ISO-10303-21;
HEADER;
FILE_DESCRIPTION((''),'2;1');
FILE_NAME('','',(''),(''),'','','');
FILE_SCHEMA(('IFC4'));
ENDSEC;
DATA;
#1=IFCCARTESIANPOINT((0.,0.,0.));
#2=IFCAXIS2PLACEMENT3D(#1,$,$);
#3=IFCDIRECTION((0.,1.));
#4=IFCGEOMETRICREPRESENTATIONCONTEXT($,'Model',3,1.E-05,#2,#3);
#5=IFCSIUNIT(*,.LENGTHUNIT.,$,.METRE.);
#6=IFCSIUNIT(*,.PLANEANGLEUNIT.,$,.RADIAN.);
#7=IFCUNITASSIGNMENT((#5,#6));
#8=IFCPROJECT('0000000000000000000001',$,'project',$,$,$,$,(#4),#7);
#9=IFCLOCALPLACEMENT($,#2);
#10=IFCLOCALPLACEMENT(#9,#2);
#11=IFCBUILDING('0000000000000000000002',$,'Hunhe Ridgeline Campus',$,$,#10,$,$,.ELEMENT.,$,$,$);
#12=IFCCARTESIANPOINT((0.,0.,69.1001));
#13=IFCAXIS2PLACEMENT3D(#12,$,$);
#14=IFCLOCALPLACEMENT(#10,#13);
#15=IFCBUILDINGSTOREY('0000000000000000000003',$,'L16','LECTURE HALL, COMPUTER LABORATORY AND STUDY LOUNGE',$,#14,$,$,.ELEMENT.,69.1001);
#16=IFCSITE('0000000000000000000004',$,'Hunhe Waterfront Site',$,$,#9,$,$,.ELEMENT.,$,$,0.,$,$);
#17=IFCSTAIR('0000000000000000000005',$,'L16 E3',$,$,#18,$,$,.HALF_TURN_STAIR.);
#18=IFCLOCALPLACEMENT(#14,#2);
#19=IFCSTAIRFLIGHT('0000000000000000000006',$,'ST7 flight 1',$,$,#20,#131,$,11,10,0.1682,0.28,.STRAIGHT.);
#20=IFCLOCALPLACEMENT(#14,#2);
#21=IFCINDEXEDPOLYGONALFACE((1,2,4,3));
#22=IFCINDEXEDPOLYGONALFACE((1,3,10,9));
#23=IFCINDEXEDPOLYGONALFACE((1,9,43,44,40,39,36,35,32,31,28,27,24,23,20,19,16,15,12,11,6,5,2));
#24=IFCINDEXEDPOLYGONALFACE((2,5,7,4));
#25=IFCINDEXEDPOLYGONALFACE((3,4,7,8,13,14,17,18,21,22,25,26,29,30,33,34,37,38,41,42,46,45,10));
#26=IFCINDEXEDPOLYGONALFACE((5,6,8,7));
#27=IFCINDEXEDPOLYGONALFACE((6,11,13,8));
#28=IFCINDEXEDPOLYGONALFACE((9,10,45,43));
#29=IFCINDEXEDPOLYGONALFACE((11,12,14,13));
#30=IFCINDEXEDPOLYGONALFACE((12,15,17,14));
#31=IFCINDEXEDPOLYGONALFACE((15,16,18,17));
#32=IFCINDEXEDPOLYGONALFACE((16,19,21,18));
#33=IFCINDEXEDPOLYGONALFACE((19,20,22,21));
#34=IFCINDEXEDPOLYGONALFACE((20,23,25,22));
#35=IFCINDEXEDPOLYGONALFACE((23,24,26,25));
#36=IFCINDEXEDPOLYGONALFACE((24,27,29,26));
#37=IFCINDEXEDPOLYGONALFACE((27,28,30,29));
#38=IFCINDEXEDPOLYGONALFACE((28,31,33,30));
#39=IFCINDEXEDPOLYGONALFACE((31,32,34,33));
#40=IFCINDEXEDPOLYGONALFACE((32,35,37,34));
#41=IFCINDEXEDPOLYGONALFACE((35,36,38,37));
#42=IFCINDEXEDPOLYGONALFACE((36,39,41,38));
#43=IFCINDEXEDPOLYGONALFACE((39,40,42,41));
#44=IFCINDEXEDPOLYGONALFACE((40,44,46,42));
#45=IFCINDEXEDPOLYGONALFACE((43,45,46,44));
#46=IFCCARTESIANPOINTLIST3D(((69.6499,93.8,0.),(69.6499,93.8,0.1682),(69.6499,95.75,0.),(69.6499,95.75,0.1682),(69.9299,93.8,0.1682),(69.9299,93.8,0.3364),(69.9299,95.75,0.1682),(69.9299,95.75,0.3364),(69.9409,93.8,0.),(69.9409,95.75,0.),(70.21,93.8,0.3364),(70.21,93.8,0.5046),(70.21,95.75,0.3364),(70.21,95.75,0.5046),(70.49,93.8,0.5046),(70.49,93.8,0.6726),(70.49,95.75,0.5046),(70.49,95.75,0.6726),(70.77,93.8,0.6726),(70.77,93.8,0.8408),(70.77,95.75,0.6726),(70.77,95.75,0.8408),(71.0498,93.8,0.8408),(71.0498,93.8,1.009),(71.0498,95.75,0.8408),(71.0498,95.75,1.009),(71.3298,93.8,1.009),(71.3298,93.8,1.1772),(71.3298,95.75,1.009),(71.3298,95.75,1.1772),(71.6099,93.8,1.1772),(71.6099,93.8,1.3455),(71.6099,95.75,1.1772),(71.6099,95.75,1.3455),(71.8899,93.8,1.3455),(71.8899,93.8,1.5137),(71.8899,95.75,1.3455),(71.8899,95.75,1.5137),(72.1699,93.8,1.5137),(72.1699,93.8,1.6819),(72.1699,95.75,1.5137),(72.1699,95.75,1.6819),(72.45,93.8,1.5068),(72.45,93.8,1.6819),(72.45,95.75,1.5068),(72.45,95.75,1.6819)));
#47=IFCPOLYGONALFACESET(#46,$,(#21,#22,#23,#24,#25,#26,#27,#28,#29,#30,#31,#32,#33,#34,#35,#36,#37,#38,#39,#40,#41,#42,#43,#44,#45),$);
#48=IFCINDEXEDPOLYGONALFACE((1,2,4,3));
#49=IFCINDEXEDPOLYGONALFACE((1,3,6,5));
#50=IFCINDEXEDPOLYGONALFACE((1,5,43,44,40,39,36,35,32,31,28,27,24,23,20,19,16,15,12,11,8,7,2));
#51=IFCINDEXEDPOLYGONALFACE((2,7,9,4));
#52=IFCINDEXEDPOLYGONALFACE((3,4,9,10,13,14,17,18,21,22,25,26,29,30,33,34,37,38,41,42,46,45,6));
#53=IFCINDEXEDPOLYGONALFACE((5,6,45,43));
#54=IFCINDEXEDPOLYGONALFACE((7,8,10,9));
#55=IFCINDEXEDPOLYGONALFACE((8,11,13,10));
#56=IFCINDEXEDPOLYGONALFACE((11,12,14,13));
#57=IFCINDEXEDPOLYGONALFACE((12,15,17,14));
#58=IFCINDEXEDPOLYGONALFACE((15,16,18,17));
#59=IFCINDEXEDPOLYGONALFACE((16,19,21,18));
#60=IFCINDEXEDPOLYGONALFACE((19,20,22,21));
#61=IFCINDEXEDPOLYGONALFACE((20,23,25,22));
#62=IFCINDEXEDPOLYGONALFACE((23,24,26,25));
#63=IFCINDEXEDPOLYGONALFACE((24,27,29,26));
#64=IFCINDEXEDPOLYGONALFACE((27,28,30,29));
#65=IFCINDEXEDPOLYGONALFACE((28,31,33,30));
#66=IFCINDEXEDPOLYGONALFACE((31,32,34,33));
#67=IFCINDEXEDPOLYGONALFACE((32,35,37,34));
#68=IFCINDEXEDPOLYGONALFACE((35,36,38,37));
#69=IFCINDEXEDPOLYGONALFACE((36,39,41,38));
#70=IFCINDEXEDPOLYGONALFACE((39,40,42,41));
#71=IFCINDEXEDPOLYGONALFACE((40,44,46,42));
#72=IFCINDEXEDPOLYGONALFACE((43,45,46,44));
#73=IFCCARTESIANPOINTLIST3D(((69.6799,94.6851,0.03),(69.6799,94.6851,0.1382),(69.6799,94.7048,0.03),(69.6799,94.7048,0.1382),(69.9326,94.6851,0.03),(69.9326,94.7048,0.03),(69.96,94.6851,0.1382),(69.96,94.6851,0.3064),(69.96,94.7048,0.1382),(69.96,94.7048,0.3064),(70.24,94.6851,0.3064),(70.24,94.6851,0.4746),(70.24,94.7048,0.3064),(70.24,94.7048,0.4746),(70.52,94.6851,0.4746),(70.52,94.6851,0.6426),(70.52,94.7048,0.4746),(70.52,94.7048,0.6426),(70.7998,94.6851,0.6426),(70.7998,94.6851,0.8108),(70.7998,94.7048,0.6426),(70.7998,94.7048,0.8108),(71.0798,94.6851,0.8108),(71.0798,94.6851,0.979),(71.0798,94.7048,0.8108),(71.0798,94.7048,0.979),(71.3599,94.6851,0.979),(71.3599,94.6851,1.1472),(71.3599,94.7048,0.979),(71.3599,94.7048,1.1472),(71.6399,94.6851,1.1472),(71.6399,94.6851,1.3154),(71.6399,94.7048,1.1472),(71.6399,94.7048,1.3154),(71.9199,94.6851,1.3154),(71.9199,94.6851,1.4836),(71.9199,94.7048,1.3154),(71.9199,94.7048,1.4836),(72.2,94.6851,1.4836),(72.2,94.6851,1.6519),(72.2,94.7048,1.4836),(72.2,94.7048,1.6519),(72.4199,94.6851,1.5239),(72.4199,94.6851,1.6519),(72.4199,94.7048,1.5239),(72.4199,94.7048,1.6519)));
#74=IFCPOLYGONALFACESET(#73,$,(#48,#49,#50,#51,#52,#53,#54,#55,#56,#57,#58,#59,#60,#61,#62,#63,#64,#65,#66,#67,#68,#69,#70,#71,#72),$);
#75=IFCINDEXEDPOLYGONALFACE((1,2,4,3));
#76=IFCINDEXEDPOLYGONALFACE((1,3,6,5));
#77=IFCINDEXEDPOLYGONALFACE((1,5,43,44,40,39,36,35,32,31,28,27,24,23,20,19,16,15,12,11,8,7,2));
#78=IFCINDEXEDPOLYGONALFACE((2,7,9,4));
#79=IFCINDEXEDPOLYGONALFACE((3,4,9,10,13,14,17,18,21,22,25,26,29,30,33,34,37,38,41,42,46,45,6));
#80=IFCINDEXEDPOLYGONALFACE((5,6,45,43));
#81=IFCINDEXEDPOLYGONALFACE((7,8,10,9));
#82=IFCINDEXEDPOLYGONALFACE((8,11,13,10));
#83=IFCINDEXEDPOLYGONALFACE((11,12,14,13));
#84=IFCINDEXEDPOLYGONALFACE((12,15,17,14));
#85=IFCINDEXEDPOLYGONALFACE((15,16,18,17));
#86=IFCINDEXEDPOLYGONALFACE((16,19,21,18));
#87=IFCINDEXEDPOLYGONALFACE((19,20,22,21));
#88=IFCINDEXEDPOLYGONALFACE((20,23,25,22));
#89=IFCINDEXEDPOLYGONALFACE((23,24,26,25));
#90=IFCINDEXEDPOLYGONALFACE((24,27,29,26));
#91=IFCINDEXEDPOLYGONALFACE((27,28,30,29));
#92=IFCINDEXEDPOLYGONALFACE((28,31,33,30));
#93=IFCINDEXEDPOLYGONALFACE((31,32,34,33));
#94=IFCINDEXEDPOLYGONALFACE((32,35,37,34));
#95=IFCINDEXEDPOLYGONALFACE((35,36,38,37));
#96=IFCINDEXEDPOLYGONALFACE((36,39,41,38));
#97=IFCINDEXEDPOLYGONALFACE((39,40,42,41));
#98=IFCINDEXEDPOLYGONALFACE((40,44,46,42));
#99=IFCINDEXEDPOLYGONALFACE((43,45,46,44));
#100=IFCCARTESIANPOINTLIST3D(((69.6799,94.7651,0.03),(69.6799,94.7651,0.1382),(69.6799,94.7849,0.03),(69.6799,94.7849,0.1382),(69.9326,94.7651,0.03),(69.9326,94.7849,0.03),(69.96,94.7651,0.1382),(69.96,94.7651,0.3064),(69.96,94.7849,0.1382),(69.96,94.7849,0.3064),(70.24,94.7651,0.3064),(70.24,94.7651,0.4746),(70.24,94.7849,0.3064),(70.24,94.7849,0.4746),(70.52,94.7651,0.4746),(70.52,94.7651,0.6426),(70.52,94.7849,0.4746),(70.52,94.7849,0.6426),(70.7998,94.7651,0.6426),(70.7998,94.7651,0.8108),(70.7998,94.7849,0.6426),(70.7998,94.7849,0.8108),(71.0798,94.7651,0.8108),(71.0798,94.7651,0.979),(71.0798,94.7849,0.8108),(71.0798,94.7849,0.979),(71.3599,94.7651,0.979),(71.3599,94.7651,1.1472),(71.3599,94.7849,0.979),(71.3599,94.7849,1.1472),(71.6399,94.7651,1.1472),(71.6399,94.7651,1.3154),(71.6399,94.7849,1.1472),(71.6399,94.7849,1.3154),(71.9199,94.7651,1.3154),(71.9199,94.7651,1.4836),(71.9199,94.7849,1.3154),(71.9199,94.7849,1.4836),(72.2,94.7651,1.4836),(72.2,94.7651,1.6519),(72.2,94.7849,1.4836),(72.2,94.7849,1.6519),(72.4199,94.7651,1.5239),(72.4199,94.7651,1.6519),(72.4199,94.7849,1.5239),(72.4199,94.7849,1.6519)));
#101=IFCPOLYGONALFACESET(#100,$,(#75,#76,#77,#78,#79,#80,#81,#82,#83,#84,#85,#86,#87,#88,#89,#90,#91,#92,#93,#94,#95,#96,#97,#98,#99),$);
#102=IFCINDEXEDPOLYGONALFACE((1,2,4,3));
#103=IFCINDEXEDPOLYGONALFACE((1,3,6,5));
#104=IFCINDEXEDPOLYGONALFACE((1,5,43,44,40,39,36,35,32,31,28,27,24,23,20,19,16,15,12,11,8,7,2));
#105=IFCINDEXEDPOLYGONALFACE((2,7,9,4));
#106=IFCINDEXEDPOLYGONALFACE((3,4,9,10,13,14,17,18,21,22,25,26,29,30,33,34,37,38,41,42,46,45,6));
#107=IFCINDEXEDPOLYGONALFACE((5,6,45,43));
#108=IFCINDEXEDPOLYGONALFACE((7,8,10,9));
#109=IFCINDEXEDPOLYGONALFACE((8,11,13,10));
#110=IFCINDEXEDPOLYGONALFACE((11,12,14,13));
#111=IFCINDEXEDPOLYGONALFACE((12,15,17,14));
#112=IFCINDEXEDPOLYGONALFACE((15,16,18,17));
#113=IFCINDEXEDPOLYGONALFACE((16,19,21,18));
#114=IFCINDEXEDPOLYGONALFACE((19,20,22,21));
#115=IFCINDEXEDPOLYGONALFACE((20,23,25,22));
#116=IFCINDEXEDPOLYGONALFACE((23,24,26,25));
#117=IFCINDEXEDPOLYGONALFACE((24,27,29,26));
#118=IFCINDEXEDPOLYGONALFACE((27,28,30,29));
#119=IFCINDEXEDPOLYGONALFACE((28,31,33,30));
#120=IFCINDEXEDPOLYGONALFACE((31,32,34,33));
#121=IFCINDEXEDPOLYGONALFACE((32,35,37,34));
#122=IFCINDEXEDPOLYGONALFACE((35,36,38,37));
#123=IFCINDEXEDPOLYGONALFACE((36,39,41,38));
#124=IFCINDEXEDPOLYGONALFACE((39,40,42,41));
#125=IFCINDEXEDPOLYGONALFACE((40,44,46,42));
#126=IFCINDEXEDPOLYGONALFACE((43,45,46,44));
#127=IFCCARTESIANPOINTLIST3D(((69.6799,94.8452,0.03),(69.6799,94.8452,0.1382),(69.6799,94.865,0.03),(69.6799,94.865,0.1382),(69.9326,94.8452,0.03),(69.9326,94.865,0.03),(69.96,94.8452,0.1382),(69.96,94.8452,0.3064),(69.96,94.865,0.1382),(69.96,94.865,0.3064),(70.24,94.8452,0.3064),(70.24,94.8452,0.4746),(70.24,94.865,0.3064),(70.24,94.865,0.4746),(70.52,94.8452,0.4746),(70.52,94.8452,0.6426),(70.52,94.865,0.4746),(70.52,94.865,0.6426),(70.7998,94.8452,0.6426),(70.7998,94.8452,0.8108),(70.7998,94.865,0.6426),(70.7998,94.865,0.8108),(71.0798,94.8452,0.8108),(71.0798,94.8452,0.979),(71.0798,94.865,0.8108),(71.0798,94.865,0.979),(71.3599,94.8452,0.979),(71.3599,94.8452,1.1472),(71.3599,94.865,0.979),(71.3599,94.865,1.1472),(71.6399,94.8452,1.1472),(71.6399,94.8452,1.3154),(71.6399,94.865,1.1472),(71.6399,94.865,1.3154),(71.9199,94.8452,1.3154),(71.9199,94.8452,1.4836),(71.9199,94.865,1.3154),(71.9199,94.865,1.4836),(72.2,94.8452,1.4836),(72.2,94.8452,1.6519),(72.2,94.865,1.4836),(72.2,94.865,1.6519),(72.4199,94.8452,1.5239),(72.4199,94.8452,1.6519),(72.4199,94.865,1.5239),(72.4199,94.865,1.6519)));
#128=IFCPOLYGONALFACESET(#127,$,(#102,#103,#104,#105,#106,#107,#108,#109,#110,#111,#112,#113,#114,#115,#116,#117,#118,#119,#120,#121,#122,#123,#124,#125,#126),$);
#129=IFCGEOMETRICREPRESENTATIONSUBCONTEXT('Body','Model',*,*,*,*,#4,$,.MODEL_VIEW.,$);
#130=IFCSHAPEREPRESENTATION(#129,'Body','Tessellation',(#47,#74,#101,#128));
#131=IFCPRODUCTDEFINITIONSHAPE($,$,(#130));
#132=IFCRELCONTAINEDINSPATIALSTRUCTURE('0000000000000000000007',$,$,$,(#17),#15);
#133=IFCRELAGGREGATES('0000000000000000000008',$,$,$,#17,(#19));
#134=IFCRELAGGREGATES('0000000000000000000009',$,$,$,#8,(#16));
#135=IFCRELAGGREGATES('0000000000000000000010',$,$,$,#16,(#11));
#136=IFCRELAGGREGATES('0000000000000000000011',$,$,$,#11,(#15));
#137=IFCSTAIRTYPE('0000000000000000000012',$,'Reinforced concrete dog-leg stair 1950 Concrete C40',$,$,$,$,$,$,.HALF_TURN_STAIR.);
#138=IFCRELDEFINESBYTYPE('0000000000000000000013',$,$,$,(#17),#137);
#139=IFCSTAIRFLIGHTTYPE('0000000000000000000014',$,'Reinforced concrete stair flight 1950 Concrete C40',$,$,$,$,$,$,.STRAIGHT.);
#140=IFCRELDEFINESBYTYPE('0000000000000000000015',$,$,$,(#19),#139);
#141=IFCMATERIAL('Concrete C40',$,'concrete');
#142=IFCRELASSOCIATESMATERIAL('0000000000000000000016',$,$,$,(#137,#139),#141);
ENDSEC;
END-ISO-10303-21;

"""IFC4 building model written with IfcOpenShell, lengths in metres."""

from ifc_helpers import new_model, si_unit, direction, frame, origin, place, context, subcontext, project, spatial, polyline, outline, extrude, material, type_object, element, aggregate, save


model = new_model("IFC4")

# Units and contexts
model_context = context("Model", 3, precision=1e-05, world=origin(), true_north=direction((0.0, 1.0)))
body_context = subcontext(model_context, "Body", "Model", "MODEL_VIEW")
ifc_project = project(units=[si_unit("LENGTHUNIT", "METRE"), si_unit("PLANEANGLEUNIT", "RADIAN")], contexts=[model_context])

# Site, building, storey
site_placement = place(None, origin())
site = spatial("IfcSite", under=ifc_project, at=site_placement, Name="Hunhe Waterfront Site", CompositionType="ELEMENT", RefElevation=0.0)
building_placement = place(site_placement, origin())
building = spatial("IfcBuilding", under=site, at=building_placement, Name="Hunhe Ridgeline Campus", CompositionType="ELEMENT")
storey_placement = place(building_placement, frame((0.0, 0.0, 69.1001)))
storey = spatial("IfcBuildingStorey", under=building, at=storey_placement, Name="L16", Description="LECTURE HALL, COMPUTER LABORATORY AND STUDY LOUNGE", CompositionType="ELEMENT", Elevation=69.1001)

# Stair, stair flight
ifc_material_1 = material(Name="Concrete C40", Category="concrete")
stair_type = type_object("IfcStairType", Name="Reinforced concrete dog-leg stair 1950 Concrete C40", PredefinedType="HALF_TURN_STAIR", material=ifc_material_1)
stair_placement = place(storey_placement, origin())
stair = element("IfcStair", 1, at=stair_placement, inside=storey, type_object=stair_type, Name="L16 E3", PredefinedType="HALF_TURN_STAIR")
stair_flight_type = type_object("IfcStairFlightType", Name="Reinforced concrete stair flight 1950 Concrete C40", PredefinedType="STRAIGHT", material=ifc_material_1)
stair_flight_1_placement = place(storey_placement, frame((69.6499, 94.7749, 0.0), z_axis=(0.0, 0.0, 1.0), x_axis=(1.0, 0.0, 0.0)))
stair_flight_1 = element("IfcStairFlight", 2, at=stair_flight_1_placement, type_object=stair_flight_type, Name="ST7 flight 1", NumberOfRisers=11, NumberOfTreads=10, PredefinedType="STRAIGHT", RiserHeight=0.1682, TreadLength=0.28, context=body_context, shape_type="SweptSolid", body=[
    extrude(outline(polyline([(0.0, 0.0), (0.0, 0.1682), (0.28, 0.1682), (0.28, 0.3364), (0.5601, 0.3364), (0.5601, 0.5046), (0.8401, 0.5046), (0.8401, 0.6726), (1.1201, 0.6726), (1.1201, 0.8408), (1.3999, 0.8408), (1.3999, 1.009), (1.6799, 1.009), (1.6799, 1.1772), (1.96, 1.1772), (1.96, 1.3455), (2.24, 1.3455), (2.24, 1.5137), (2.52, 1.5137), (2.52, 1.6819), (2.8, 1.6819), (2.8, 1.8501), (2.8, 1.5068), (0.291, 0.0), (0.0, 0.0)])), frame((0.0, 0.9751, 0.0), z_axis=(0.0, -1.0, 0.0), x_axis=(1.0, 0.0, 0.0)), (0.0, 0.0, 1.0), 1.95),
    extrude(outline(polyline([(0.03, 0.03), (0.03, 0.1382), (0.3101, 0.1382), (0.3101, 0.3064), (0.5901, 0.3064), (0.5901, 0.4746), (0.8701, 0.4746), (0.8701, 0.6426), (1.1499, 0.6426), (1.1499, 0.8108), (1.4299, 0.8108), (1.4299, 0.979), (1.71, 0.979), (1.71, 1.1472), (1.99, 1.1472), (1.99, 1.3154), (2.27, 1.3154), (2.27, 1.4836), (2.55, 1.4836), (2.55, 1.6519), (2.77, 1.6519), (2.77, 1.5239), (0.2827, 0.03), (0.03, 0.03)])), frame((0.0, -0.0701, 0.0), z_axis=(0.0, -1.0, 0.0), x_axis=(1.0, 0.0, 0.0)), (0.0, 0.0, 1.0), 0.0198),
    extrude(outline(polyline([(0.03, 0.03), (0.03, 0.1382), (0.3101, 0.1382), (0.3101, 0.3064), (0.5901, 0.3064), (0.5901, 0.4746), (0.8701, 0.4746), (0.8701, 0.6426), (1.1499, 0.6426), (1.1499, 0.8108), (1.4299, 0.8108), (1.4299, 0.979), (1.71, 0.979), (1.71, 1.1472), (1.99, 1.1472), (1.99, 1.3154), (2.27, 1.3154), (2.27, 1.4836), (2.55, 1.4836), (2.55, 1.6519), (2.77, 1.6519), (2.77, 1.5239), (0.2827, 0.03), (0.03, 0.03)])), frame((0.0, 0.01, 0.0), z_axis=(0.0, -1.0, 0.0), x_axis=(1.0, 0.0, 0.0)), (0.0, 0.0, 1.0), 0.0198),
    extrude(outline(polyline([(0.03, 0.03), (0.03, 0.1382), (0.3101, 0.1382), (0.3101, 0.3064), (0.5901, 0.3064), (0.5901, 0.4746), (0.8701, 0.4746), (0.8701, 0.6426), (1.1499, 0.6426), (1.1499, 0.8108), (1.4299, 0.8108), (1.4299, 0.979), (1.71, 0.979), (1.71, 1.1472), (1.99, 1.1472), (1.99, 1.3154), (2.27, 1.3154), (2.27, 1.4836), (2.55, 1.4836), (2.55, 1.6519), (2.77, 1.6519), (2.77, 1.5239), (0.2827, 0.03), (0.03, 0.03)])), frame((0.0, 0.0901, 0.0), z_axis=(0.0, -1.0, 0.0), x_axis=(1.0, 0.0, 0.0)), (0.0, 0.0, 1.0), 0.0198),
])
aggregate(stair, [stair_flight_1])

save(model, "model.ifc")
